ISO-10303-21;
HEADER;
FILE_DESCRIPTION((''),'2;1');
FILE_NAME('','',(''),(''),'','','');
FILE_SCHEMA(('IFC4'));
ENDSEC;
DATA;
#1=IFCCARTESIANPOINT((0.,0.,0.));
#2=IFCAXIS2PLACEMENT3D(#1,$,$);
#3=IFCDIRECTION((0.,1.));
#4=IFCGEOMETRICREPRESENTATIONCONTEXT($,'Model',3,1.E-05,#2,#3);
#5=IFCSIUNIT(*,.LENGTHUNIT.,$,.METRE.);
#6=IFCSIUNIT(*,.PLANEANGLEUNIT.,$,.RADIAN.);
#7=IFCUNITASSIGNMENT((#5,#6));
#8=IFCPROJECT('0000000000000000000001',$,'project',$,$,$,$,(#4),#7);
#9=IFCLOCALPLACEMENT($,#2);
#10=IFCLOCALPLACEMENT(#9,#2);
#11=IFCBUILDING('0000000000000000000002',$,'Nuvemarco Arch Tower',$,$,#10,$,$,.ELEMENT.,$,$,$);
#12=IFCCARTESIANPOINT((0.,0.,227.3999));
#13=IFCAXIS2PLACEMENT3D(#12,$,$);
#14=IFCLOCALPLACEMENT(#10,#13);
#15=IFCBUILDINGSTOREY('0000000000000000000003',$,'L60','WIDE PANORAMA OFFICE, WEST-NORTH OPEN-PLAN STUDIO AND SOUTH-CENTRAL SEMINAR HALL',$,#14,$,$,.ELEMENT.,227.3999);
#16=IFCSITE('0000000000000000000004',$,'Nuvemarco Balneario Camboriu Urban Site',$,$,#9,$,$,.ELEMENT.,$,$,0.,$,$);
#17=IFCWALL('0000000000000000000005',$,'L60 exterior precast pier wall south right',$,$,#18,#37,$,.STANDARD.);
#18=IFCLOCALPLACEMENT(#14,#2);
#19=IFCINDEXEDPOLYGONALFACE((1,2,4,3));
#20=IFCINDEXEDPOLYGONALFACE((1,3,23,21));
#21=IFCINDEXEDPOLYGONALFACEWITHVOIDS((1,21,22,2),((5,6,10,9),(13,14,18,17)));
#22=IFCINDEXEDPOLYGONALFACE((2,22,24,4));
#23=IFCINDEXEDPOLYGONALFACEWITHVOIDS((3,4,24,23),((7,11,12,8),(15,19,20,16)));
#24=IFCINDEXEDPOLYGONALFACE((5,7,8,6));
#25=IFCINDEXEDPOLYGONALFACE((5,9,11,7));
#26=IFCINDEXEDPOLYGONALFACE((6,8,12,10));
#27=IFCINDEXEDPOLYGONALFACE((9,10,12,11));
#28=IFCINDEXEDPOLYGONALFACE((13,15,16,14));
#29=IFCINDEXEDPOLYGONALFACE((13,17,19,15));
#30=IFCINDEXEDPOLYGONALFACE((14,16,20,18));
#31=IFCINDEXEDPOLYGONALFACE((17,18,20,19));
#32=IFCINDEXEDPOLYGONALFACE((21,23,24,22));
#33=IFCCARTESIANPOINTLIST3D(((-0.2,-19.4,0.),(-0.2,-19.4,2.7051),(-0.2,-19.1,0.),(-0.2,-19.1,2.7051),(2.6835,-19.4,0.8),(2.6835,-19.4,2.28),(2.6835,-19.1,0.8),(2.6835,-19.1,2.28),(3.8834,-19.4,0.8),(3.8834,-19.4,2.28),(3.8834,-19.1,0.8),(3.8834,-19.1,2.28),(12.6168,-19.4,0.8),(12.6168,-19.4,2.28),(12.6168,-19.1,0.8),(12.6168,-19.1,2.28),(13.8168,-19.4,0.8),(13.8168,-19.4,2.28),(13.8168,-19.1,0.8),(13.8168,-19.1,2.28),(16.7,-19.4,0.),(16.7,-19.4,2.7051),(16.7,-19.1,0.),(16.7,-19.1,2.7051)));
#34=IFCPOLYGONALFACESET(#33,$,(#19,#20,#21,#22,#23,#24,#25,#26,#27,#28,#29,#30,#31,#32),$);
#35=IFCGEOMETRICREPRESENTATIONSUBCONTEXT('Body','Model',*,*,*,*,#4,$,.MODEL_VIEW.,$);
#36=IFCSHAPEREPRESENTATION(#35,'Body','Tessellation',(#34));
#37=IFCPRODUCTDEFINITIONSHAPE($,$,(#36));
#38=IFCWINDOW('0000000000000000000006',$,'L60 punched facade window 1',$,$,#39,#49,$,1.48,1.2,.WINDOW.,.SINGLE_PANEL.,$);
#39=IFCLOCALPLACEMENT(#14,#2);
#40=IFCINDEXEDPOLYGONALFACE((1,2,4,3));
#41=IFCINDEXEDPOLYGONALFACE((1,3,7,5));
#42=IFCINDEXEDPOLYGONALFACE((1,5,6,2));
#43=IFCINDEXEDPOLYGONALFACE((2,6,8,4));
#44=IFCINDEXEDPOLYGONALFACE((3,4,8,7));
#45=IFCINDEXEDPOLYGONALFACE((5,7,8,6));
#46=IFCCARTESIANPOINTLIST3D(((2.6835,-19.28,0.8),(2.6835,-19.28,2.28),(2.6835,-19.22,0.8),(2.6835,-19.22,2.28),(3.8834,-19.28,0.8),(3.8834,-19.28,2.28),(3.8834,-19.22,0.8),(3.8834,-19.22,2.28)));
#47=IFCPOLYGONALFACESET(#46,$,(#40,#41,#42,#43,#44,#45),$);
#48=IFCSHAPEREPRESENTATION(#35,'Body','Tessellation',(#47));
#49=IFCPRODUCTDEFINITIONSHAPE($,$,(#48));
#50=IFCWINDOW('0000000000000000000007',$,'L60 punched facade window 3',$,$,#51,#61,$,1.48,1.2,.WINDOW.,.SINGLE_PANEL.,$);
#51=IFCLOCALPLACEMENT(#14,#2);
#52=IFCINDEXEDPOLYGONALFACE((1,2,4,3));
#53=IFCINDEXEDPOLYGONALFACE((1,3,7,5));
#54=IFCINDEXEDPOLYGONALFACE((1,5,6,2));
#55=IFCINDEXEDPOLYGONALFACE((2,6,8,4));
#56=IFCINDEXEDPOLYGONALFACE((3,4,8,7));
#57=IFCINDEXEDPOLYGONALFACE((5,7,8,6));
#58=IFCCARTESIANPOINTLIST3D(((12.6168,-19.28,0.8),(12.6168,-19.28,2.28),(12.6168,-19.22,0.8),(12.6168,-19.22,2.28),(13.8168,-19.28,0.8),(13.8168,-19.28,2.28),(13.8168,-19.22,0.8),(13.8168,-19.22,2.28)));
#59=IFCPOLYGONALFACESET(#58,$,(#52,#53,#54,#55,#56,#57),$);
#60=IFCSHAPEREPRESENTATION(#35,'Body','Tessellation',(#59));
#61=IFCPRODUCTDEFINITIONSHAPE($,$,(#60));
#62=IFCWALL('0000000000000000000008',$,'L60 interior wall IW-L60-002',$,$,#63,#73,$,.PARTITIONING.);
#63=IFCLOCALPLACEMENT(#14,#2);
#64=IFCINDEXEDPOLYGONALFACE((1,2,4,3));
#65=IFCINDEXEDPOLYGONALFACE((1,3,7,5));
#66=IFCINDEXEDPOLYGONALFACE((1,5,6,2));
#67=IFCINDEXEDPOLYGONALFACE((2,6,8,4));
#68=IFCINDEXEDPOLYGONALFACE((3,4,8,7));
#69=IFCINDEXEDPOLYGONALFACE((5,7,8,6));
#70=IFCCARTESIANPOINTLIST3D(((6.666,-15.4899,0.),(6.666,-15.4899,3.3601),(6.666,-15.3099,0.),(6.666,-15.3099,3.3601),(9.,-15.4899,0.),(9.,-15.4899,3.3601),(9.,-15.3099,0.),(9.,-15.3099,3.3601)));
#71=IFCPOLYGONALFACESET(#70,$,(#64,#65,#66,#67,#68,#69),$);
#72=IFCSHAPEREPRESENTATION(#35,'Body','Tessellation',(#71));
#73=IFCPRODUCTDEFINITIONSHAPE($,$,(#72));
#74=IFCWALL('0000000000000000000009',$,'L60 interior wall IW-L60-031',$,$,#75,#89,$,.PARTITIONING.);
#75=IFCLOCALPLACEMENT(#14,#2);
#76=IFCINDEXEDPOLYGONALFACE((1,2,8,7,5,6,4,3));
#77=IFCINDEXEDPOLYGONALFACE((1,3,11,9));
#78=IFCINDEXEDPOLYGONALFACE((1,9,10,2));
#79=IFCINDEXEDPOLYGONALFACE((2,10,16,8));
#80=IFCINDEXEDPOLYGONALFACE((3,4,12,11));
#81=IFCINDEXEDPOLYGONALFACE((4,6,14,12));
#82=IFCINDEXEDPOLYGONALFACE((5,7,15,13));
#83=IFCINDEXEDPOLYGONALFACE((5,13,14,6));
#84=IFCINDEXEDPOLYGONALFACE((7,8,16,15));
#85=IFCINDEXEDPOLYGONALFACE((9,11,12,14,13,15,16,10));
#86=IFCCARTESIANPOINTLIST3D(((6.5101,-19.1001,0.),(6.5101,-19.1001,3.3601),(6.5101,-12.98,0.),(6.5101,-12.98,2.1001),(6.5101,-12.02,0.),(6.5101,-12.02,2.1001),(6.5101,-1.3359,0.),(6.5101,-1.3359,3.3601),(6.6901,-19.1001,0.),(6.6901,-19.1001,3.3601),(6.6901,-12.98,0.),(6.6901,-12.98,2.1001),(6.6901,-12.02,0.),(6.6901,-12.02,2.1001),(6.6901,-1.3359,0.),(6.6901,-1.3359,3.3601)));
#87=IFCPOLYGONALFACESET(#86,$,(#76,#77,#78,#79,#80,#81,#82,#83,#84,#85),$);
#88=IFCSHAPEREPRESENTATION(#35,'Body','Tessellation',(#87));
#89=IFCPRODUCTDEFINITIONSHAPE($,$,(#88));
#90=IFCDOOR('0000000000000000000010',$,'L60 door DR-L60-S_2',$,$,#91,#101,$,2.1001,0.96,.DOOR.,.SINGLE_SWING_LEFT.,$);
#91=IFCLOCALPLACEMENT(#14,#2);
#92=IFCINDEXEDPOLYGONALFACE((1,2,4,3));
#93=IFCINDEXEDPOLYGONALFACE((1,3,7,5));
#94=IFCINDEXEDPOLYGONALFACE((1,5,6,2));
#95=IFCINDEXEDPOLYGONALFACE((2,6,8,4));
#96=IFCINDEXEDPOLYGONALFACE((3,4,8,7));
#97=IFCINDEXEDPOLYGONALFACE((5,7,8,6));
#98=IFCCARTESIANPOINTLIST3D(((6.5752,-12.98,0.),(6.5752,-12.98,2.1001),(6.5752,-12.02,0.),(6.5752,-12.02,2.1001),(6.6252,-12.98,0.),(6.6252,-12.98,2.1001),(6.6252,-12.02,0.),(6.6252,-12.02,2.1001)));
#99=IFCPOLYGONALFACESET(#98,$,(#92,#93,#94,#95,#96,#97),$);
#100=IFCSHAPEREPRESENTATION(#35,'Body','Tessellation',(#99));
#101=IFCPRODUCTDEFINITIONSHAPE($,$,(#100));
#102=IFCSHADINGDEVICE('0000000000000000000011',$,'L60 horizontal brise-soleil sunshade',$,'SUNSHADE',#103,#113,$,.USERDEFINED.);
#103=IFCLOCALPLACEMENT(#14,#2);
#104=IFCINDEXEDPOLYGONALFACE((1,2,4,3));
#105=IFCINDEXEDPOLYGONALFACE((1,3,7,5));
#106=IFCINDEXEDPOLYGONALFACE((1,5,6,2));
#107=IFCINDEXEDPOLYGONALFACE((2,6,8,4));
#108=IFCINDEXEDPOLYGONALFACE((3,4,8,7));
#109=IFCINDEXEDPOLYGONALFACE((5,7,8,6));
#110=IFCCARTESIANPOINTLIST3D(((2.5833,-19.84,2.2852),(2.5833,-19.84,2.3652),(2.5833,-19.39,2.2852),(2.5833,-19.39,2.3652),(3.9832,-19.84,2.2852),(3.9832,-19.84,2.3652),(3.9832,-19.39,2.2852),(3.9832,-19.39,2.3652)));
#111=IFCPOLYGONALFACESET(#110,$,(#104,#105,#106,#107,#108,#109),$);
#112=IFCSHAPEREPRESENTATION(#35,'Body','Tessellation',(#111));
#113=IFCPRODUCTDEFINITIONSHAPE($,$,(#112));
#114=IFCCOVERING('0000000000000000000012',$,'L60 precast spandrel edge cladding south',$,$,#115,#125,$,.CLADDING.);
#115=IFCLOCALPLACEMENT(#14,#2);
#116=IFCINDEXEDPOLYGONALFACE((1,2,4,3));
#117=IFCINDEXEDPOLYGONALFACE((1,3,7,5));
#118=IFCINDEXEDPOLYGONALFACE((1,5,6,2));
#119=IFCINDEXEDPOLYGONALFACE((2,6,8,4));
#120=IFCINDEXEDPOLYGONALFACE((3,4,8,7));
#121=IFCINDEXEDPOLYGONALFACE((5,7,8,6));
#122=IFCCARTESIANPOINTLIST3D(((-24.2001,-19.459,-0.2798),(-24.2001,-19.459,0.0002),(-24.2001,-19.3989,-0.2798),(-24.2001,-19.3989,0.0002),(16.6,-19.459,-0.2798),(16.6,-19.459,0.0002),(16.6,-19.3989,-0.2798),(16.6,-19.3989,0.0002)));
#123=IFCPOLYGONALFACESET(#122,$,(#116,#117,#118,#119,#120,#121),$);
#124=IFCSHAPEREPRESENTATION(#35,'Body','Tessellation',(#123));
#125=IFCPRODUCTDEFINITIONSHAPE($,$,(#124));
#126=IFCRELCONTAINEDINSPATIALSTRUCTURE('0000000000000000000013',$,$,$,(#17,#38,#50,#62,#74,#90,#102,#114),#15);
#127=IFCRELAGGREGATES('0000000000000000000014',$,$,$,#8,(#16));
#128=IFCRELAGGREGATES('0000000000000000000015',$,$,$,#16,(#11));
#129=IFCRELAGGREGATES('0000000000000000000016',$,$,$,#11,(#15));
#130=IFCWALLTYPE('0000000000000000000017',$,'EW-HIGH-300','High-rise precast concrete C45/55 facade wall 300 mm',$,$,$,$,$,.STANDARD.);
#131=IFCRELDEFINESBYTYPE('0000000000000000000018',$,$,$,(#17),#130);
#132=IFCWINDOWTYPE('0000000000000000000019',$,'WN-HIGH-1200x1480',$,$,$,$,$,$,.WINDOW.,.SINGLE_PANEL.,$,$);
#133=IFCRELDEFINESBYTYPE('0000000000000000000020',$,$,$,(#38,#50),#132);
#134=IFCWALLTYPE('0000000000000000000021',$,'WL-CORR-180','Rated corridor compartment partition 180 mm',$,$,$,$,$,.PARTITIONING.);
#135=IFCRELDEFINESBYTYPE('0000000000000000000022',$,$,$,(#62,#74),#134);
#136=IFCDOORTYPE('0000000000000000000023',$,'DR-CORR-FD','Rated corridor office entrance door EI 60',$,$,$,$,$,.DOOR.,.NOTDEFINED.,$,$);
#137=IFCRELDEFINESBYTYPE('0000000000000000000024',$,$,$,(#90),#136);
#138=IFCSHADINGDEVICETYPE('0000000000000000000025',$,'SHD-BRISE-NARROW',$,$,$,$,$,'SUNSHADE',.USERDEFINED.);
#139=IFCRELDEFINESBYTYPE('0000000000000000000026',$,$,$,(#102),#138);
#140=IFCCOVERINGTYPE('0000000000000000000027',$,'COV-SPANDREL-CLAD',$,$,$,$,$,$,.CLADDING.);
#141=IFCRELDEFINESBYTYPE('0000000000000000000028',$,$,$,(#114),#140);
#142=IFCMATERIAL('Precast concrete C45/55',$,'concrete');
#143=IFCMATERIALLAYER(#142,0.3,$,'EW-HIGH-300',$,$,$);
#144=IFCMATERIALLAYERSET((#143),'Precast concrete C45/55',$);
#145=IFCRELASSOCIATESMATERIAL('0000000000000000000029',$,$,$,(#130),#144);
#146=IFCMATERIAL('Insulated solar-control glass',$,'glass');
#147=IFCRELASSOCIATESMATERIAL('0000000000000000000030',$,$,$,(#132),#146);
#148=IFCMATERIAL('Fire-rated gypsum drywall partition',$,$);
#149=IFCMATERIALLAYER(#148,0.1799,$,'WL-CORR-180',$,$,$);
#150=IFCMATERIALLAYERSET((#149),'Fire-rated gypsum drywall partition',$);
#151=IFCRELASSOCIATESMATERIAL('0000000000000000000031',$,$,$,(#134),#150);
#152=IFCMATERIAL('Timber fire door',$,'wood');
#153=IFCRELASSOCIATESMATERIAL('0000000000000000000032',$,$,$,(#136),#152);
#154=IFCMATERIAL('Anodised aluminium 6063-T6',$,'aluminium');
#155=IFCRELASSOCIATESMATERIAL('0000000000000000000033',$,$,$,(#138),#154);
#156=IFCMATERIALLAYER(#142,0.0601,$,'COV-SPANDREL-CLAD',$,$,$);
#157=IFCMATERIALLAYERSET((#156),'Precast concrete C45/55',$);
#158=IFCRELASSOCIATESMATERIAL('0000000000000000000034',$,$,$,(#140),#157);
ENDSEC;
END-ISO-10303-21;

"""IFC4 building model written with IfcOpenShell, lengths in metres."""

from ifc_helpers import new_model, si_unit, direction, frame, frame_2d, origin, origin_2d, place, context, subcontext, project, spatial, rectangle, extrude, source, transform, mapped, material, layer, layer_set, type_object, type_shapes, element, fill, save


model = new_model("IFC4")

# Units and contexts
model_context = context("Model", 3, precision=1e-05, world=origin(), true_north=direction((0.0, 1.0)))
body_context = subcontext(model_context, "Body", "Model", "MODEL_VIEW")
ifc_project = project(units=[si_unit("LENGTHUNIT", "METRE"), si_unit("PLANEANGLEUNIT", "RADIAN")], contexts=[model_context])

# Site, building, storey
site_placement = place(None, origin())
site = spatial("IfcSite", under=ifc_project, at=site_placement, Name="Nuvemarco Balneario Camboriu Urban Site", CompositionType="ELEMENT", RefElevation=0.0)
building_placement = place(site_placement, origin())
building = spatial("IfcBuilding", under=site, at=building_placement, Name="Nuvemarco Arch Tower", CompositionType="ELEMENT")
storey_placement = place(building_placement, frame((0.0, 0.0, 227.3999)))
storey = spatial("IfcBuildingStorey", under=building, at=storey_placement, Name="L60", Description="WIDE PANORAMA OFFICE, WEST-NORTH OPEN-PLAN STUDIO AND SOUTH-CENTRAL SEMINAR HALL", CompositionType="ELEMENT", Elevation=227.3999)

# Shared definitions
ifc_material_1 = material(Name="Precast concrete C45/55", Category="concrete")

# Wall, openings, windows
ifc_layer_1 = layer(ifc_material_1, 0.3, Name="EW-HIGH-300")
ifc_layer_set_1 = layer_set([ifc_layer_1], Name="Precast concrete C45/55")
wall_type_1 = type_object("IfcWallType", Name="EW-HIGH-300", Description="High-rise precast concrete C45/55 facade wall 300 mm", PredefinedType="STANDARD", material=ifc_layer_set_1)
wall_1_placement = place(storey_placement, frame((-0.2, -19.25, 0.0), z_axis=(0.0, 0.0, 1.0), x_axis=(1.0, 0.0, 0.0)))
wall_1 = element("IfcWall", 1, at=wall_1_placement, inside=storey, type_object=wall_type_1, Name="L60 exterior precast pier wall south right", PredefinedType="STANDARD", context=body_context, shape_type="SweptSolid", body=[
    extrude(rectangle(XDim=16.8999, YDim=0.3, at=frame_2d((8.45, 0.0))), origin(), (0.0, 0.0, 1.0), 2.7051),
])
opening_1_placement = place(wall_1_placement, frame((2.8833, 0.0, 0.8)))
opening_1 = element("IfcOpeningElement", 2, at=opening_1_placement, cuts=wall_1, PredefinedType="OPENING", context=body_context, shape_type="SweptSolid", body=[
    extrude(rectangle(XDim=1.2, YDim=1.48, at=frame_2d((0.6001, 0.74))), frame((0.0, 0.1599, 0.0), z_axis=(0.0, -1.0, 0.0), x_axis=(1.0, 0.0, 0.0)), (0.0, 0.0, 1.0), 0.3201),
])
opening_2_placement = place(wall_1_placement, frame((12.8167, 0.0, 0.8)))
opening_2 = element("IfcOpeningElement", 3, at=opening_2_placement, cuts=wall_1, PredefinedType="OPENING", context=body_context, shape_type="SweptSolid", body=[
    extrude(rectangle(XDim=1.2, YDim=1.48, at=frame_2d((0.6001, 0.74))), frame((0.0, 0.1599, 0.0), z_axis=(0.0, -1.0, 0.0), x_axis=(1.0, 0.0, 0.0)), (0.0, 0.0, 1.0), 0.3201),
])
ifc_material_2 = material(Name="Insulated solar-control glass", Category="glass")
window_type = type_object("IfcWindowType", Name="WN-HIGH-1200x1480", PartitioningType="SINGLE_PANEL", PredefinedType="WINDOW", material=ifc_material_2)
shared_shape_1 = source(origin(), body_context, "Body", "SweptSolid", [
    extrude(rectangle(XDim=1.2, YDim=1.48, at=frame_2d((0.6001, 0.74))), frame((0.0, 0.03, 0.0), z_axis=(0.0, -1.0, 0.0), x_axis=(1.0, 0.0, 0.0)), (0.0, 0.0, 1.0), 0.0601),
])
type_shapes(window_type, [shared_shape_1])
window_1_placement = place(opening_1_placement, origin())
window_1 = element("IfcWindow", 4, at=window_1_placement, inside=storey, type_object=window_type, Name="L60 punched facade window 1", OverallHeight=1.48, OverallWidth=1.2, PartitioningType="SINGLE_PANEL", PredefinedType="WINDOW", context=body_context, shape_type="MappedRepresentation", body=[
    mapped(shared_shape_1, transform((0.0, 0.0, 0.0), scale=1.0)),
])
fill(opening_1, window_1)
window_2_placement = place(opening_2_placement, origin())
window_2 = element("IfcWindow", 5, at=window_2_placement, inside=storey, type_object=window_type, Name="L60 punched facade window 3", OverallHeight=1.48, OverallWidth=1.2, PartitioningType="SINGLE_PANEL", PredefinedType="WINDOW", context=body_context, shape_type="MappedRepresentation", body=[
    mapped(shared_shape_1, transform((0.0, 0.0, 0.0), scale=1.0)),
])
fill(opening_2, window_2)

# Wall
ifc_material_3 = material(Name="Fire-rated gypsum drywall partition")
ifc_layer_2 = layer(ifc_material_3, 0.1799, Name="WL-CORR-180")
ifc_layer_set_2 = layer_set([ifc_layer_2], Name="Fire-rated gypsum drywall partition")
wall_type_2 = type_object("IfcWallType", Name="WL-CORR-180", Description="Rated corridor compartment partition 180 mm", PredefinedType="PARTITIONING", material=ifc_layer_set_2)
wall_2_placement = place(storey_placement, frame((6.666, -15.3999, 0.0), z_axis=(0.0, 0.0, 1.0), x_axis=(1.0, 0.0, 0.0)))
element("IfcWall", 6, at=wall_2_placement, inside=storey, type_object=wall_type_2, Name="L60 interior wall IW-L60-002", PredefinedType="PARTITIONING", context=body_context, shape_type="SweptSolid", body=[
    extrude(rectangle(XDim=2.334, YDim=0.1799, at=frame_2d((1.167, 0.0))), origin(), (0.0, 0.0, 1.0), 3.3601),
])

# Wall, opening, door
wall_3_placement = place(storey_placement, frame((6.6001, -19.1001, 0.0), z_axis=(0.0, 0.0, 1.0), x_axis=(0.0, 1.0, 0.0)))
wall_3 = element("IfcWall", 7, at=wall_3_placement, inside=storey, type_object=wall_type_2, Name="L60 interior wall IW-L60-031", PredefinedType="PARTITIONING", context=body_context, shape_type="SweptSolid", body=[
    extrude(rectangle(XDim=17.7642, YDim=0.1799, at=frame_2d((8.8821, 0.0))), origin(), (0.0, 0.0, 1.0), 3.3601),
])
opening_3_placement = place(wall_3_placement, frame((6.1201, 0.0, 0.0)))
opening_3 = element("IfcOpeningElement", 8, at=opening_3_placement, cuts=wall_3, PredefinedType="OPENING", context=body_context, shape_type="SweptSolid", body=[
    extrude(rectangle(XDim=0.96, YDim=2.1001, at=frame_2d((0.48, 1.05))), frame((0.0, 0.0999, 0.0), z_axis=(0.0, -1.0, 0.0), x_axis=(1.0, 0.0, 0.0)), (0.0, 0.0, 1.0), 0.2),
])
ifc_material_4 = material(Name="Timber fire door", Category="wood")
door_type = type_object("IfcDoorType", Name="DR-CORR-FD", Description="Rated corridor office entrance door EI 60", OperationType="NOTDEFINED", PredefinedType="DOOR", material=ifc_material_4)
shared_shape_2 = source(origin(), body_context, "Body", "SweptSolid", [
    extrude(rectangle(XDim=0.96, YDim=2.1001, at=frame_2d((0.48, 1.05))), frame((0.0, 0.0249, 0.0), z_axis=(0.0, -1.0, 0.0), x_axis=(1.0, 0.0, 0.0)), (0.0, 0.0, 1.0), 0.05),
])
type_shapes(door_type, [shared_shape_2])
door_placement = place(opening_3_placement, origin())
door = element("IfcDoor", 9, at=door_placement, inside=storey, type_object=door_type, Name="L60 door DR-L60-S_2", OperationType="SINGLE_SWING_LEFT", OverallHeight=2.1001, OverallWidth=0.96, PredefinedType="DOOR", context=body_context, shape_type="MappedRepresentation", body=[
    mapped(shared_shape_2, transform((0.0, 0.0, 0.0), scale=1.0)),
])
fill(opening_3, door)

# Shading device
ifc_material_5 = material(Name="Anodised aluminium 6063-T6", Category="aluminium")
shading_device_type = type_object("IfcShadingDeviceType", Name="SHD-BRISE-NARROW", ElementType="SUNSHADE", PredefinedType="USERDEFINED", material=ifc_material_5)
shared_shape_3 = source(origin(), body_context, "Body", "SweptSolid", [
    extrude(rectangle(XDim=1.3999, YDim=0.45, at=origin_2d()), origin(), (0.0, 0.0, 1.0), 0.0801),
])
type_shapes(shading_device_type, [shared_shape_3])
shading_device_placement = place(storey_placement, frame((3.2832, -19.615, 2.2852), z_axis=(0.0, 0.0, 1.0), x_axis=(1.0, 0.0, 0.0)))
element("IfcShadingDevice", 10, at=shading_device_placement, inside=storey, type_object=shading_device_type, Name="L60 horizontal brise-soleil sunshade", ObjectType="SUNSHADE", PredefinedType="USERDEFINED", context=body_context, shape_type="MappedRepresentation", body=[
    mapped(shared_shape_3, transform((0.0, 0.0, 0.0), scale=1.0)),
])

# Covering
ifc_layer_3 = layer(ifc_material_1, 0.0601, Name="COV-SPANDREL-CLAD")
ifc_layer_set_3 = layer_set([ifc_layer_3], Name="Precast concrete C45/55")
covering_type = type_object("IfcCoveringType", Name="COV-SPANDREL-CLAD", PredefinedType="CLADDING", material=ifc_layer_set_3)
shared_shape_4 = source(origin(), body_context, "Body", "SweptSolid", [
    extrude(rectangle(XDim=40.8, YDim=0.0601, at=origin_2d()), origin(), (0.0, 0.0, 1.0), 0.28),
])
type_shapes(covering_type, [shared_shape_4])
covering_placement = place(storey_placement, frame((-3.8, -19.429, -0.2798), z_axis=(0.0, 0.0, 1.0), x_axis=(1.0, 0.0, 0.0)))
element("IfcCovering", 11, at=covering_placement, inside=storey, type_object=covering_type, Name="L60 precast spandrel edge cladding south", PredefinedType="CLADDING", context=body_context, shape_type="MappedRepresentation", body=[
    mapped(shared_shape_4, transform((0.0, 0.0, 0.0), scale=1.0)),
])

save(model, "model.ifc")
